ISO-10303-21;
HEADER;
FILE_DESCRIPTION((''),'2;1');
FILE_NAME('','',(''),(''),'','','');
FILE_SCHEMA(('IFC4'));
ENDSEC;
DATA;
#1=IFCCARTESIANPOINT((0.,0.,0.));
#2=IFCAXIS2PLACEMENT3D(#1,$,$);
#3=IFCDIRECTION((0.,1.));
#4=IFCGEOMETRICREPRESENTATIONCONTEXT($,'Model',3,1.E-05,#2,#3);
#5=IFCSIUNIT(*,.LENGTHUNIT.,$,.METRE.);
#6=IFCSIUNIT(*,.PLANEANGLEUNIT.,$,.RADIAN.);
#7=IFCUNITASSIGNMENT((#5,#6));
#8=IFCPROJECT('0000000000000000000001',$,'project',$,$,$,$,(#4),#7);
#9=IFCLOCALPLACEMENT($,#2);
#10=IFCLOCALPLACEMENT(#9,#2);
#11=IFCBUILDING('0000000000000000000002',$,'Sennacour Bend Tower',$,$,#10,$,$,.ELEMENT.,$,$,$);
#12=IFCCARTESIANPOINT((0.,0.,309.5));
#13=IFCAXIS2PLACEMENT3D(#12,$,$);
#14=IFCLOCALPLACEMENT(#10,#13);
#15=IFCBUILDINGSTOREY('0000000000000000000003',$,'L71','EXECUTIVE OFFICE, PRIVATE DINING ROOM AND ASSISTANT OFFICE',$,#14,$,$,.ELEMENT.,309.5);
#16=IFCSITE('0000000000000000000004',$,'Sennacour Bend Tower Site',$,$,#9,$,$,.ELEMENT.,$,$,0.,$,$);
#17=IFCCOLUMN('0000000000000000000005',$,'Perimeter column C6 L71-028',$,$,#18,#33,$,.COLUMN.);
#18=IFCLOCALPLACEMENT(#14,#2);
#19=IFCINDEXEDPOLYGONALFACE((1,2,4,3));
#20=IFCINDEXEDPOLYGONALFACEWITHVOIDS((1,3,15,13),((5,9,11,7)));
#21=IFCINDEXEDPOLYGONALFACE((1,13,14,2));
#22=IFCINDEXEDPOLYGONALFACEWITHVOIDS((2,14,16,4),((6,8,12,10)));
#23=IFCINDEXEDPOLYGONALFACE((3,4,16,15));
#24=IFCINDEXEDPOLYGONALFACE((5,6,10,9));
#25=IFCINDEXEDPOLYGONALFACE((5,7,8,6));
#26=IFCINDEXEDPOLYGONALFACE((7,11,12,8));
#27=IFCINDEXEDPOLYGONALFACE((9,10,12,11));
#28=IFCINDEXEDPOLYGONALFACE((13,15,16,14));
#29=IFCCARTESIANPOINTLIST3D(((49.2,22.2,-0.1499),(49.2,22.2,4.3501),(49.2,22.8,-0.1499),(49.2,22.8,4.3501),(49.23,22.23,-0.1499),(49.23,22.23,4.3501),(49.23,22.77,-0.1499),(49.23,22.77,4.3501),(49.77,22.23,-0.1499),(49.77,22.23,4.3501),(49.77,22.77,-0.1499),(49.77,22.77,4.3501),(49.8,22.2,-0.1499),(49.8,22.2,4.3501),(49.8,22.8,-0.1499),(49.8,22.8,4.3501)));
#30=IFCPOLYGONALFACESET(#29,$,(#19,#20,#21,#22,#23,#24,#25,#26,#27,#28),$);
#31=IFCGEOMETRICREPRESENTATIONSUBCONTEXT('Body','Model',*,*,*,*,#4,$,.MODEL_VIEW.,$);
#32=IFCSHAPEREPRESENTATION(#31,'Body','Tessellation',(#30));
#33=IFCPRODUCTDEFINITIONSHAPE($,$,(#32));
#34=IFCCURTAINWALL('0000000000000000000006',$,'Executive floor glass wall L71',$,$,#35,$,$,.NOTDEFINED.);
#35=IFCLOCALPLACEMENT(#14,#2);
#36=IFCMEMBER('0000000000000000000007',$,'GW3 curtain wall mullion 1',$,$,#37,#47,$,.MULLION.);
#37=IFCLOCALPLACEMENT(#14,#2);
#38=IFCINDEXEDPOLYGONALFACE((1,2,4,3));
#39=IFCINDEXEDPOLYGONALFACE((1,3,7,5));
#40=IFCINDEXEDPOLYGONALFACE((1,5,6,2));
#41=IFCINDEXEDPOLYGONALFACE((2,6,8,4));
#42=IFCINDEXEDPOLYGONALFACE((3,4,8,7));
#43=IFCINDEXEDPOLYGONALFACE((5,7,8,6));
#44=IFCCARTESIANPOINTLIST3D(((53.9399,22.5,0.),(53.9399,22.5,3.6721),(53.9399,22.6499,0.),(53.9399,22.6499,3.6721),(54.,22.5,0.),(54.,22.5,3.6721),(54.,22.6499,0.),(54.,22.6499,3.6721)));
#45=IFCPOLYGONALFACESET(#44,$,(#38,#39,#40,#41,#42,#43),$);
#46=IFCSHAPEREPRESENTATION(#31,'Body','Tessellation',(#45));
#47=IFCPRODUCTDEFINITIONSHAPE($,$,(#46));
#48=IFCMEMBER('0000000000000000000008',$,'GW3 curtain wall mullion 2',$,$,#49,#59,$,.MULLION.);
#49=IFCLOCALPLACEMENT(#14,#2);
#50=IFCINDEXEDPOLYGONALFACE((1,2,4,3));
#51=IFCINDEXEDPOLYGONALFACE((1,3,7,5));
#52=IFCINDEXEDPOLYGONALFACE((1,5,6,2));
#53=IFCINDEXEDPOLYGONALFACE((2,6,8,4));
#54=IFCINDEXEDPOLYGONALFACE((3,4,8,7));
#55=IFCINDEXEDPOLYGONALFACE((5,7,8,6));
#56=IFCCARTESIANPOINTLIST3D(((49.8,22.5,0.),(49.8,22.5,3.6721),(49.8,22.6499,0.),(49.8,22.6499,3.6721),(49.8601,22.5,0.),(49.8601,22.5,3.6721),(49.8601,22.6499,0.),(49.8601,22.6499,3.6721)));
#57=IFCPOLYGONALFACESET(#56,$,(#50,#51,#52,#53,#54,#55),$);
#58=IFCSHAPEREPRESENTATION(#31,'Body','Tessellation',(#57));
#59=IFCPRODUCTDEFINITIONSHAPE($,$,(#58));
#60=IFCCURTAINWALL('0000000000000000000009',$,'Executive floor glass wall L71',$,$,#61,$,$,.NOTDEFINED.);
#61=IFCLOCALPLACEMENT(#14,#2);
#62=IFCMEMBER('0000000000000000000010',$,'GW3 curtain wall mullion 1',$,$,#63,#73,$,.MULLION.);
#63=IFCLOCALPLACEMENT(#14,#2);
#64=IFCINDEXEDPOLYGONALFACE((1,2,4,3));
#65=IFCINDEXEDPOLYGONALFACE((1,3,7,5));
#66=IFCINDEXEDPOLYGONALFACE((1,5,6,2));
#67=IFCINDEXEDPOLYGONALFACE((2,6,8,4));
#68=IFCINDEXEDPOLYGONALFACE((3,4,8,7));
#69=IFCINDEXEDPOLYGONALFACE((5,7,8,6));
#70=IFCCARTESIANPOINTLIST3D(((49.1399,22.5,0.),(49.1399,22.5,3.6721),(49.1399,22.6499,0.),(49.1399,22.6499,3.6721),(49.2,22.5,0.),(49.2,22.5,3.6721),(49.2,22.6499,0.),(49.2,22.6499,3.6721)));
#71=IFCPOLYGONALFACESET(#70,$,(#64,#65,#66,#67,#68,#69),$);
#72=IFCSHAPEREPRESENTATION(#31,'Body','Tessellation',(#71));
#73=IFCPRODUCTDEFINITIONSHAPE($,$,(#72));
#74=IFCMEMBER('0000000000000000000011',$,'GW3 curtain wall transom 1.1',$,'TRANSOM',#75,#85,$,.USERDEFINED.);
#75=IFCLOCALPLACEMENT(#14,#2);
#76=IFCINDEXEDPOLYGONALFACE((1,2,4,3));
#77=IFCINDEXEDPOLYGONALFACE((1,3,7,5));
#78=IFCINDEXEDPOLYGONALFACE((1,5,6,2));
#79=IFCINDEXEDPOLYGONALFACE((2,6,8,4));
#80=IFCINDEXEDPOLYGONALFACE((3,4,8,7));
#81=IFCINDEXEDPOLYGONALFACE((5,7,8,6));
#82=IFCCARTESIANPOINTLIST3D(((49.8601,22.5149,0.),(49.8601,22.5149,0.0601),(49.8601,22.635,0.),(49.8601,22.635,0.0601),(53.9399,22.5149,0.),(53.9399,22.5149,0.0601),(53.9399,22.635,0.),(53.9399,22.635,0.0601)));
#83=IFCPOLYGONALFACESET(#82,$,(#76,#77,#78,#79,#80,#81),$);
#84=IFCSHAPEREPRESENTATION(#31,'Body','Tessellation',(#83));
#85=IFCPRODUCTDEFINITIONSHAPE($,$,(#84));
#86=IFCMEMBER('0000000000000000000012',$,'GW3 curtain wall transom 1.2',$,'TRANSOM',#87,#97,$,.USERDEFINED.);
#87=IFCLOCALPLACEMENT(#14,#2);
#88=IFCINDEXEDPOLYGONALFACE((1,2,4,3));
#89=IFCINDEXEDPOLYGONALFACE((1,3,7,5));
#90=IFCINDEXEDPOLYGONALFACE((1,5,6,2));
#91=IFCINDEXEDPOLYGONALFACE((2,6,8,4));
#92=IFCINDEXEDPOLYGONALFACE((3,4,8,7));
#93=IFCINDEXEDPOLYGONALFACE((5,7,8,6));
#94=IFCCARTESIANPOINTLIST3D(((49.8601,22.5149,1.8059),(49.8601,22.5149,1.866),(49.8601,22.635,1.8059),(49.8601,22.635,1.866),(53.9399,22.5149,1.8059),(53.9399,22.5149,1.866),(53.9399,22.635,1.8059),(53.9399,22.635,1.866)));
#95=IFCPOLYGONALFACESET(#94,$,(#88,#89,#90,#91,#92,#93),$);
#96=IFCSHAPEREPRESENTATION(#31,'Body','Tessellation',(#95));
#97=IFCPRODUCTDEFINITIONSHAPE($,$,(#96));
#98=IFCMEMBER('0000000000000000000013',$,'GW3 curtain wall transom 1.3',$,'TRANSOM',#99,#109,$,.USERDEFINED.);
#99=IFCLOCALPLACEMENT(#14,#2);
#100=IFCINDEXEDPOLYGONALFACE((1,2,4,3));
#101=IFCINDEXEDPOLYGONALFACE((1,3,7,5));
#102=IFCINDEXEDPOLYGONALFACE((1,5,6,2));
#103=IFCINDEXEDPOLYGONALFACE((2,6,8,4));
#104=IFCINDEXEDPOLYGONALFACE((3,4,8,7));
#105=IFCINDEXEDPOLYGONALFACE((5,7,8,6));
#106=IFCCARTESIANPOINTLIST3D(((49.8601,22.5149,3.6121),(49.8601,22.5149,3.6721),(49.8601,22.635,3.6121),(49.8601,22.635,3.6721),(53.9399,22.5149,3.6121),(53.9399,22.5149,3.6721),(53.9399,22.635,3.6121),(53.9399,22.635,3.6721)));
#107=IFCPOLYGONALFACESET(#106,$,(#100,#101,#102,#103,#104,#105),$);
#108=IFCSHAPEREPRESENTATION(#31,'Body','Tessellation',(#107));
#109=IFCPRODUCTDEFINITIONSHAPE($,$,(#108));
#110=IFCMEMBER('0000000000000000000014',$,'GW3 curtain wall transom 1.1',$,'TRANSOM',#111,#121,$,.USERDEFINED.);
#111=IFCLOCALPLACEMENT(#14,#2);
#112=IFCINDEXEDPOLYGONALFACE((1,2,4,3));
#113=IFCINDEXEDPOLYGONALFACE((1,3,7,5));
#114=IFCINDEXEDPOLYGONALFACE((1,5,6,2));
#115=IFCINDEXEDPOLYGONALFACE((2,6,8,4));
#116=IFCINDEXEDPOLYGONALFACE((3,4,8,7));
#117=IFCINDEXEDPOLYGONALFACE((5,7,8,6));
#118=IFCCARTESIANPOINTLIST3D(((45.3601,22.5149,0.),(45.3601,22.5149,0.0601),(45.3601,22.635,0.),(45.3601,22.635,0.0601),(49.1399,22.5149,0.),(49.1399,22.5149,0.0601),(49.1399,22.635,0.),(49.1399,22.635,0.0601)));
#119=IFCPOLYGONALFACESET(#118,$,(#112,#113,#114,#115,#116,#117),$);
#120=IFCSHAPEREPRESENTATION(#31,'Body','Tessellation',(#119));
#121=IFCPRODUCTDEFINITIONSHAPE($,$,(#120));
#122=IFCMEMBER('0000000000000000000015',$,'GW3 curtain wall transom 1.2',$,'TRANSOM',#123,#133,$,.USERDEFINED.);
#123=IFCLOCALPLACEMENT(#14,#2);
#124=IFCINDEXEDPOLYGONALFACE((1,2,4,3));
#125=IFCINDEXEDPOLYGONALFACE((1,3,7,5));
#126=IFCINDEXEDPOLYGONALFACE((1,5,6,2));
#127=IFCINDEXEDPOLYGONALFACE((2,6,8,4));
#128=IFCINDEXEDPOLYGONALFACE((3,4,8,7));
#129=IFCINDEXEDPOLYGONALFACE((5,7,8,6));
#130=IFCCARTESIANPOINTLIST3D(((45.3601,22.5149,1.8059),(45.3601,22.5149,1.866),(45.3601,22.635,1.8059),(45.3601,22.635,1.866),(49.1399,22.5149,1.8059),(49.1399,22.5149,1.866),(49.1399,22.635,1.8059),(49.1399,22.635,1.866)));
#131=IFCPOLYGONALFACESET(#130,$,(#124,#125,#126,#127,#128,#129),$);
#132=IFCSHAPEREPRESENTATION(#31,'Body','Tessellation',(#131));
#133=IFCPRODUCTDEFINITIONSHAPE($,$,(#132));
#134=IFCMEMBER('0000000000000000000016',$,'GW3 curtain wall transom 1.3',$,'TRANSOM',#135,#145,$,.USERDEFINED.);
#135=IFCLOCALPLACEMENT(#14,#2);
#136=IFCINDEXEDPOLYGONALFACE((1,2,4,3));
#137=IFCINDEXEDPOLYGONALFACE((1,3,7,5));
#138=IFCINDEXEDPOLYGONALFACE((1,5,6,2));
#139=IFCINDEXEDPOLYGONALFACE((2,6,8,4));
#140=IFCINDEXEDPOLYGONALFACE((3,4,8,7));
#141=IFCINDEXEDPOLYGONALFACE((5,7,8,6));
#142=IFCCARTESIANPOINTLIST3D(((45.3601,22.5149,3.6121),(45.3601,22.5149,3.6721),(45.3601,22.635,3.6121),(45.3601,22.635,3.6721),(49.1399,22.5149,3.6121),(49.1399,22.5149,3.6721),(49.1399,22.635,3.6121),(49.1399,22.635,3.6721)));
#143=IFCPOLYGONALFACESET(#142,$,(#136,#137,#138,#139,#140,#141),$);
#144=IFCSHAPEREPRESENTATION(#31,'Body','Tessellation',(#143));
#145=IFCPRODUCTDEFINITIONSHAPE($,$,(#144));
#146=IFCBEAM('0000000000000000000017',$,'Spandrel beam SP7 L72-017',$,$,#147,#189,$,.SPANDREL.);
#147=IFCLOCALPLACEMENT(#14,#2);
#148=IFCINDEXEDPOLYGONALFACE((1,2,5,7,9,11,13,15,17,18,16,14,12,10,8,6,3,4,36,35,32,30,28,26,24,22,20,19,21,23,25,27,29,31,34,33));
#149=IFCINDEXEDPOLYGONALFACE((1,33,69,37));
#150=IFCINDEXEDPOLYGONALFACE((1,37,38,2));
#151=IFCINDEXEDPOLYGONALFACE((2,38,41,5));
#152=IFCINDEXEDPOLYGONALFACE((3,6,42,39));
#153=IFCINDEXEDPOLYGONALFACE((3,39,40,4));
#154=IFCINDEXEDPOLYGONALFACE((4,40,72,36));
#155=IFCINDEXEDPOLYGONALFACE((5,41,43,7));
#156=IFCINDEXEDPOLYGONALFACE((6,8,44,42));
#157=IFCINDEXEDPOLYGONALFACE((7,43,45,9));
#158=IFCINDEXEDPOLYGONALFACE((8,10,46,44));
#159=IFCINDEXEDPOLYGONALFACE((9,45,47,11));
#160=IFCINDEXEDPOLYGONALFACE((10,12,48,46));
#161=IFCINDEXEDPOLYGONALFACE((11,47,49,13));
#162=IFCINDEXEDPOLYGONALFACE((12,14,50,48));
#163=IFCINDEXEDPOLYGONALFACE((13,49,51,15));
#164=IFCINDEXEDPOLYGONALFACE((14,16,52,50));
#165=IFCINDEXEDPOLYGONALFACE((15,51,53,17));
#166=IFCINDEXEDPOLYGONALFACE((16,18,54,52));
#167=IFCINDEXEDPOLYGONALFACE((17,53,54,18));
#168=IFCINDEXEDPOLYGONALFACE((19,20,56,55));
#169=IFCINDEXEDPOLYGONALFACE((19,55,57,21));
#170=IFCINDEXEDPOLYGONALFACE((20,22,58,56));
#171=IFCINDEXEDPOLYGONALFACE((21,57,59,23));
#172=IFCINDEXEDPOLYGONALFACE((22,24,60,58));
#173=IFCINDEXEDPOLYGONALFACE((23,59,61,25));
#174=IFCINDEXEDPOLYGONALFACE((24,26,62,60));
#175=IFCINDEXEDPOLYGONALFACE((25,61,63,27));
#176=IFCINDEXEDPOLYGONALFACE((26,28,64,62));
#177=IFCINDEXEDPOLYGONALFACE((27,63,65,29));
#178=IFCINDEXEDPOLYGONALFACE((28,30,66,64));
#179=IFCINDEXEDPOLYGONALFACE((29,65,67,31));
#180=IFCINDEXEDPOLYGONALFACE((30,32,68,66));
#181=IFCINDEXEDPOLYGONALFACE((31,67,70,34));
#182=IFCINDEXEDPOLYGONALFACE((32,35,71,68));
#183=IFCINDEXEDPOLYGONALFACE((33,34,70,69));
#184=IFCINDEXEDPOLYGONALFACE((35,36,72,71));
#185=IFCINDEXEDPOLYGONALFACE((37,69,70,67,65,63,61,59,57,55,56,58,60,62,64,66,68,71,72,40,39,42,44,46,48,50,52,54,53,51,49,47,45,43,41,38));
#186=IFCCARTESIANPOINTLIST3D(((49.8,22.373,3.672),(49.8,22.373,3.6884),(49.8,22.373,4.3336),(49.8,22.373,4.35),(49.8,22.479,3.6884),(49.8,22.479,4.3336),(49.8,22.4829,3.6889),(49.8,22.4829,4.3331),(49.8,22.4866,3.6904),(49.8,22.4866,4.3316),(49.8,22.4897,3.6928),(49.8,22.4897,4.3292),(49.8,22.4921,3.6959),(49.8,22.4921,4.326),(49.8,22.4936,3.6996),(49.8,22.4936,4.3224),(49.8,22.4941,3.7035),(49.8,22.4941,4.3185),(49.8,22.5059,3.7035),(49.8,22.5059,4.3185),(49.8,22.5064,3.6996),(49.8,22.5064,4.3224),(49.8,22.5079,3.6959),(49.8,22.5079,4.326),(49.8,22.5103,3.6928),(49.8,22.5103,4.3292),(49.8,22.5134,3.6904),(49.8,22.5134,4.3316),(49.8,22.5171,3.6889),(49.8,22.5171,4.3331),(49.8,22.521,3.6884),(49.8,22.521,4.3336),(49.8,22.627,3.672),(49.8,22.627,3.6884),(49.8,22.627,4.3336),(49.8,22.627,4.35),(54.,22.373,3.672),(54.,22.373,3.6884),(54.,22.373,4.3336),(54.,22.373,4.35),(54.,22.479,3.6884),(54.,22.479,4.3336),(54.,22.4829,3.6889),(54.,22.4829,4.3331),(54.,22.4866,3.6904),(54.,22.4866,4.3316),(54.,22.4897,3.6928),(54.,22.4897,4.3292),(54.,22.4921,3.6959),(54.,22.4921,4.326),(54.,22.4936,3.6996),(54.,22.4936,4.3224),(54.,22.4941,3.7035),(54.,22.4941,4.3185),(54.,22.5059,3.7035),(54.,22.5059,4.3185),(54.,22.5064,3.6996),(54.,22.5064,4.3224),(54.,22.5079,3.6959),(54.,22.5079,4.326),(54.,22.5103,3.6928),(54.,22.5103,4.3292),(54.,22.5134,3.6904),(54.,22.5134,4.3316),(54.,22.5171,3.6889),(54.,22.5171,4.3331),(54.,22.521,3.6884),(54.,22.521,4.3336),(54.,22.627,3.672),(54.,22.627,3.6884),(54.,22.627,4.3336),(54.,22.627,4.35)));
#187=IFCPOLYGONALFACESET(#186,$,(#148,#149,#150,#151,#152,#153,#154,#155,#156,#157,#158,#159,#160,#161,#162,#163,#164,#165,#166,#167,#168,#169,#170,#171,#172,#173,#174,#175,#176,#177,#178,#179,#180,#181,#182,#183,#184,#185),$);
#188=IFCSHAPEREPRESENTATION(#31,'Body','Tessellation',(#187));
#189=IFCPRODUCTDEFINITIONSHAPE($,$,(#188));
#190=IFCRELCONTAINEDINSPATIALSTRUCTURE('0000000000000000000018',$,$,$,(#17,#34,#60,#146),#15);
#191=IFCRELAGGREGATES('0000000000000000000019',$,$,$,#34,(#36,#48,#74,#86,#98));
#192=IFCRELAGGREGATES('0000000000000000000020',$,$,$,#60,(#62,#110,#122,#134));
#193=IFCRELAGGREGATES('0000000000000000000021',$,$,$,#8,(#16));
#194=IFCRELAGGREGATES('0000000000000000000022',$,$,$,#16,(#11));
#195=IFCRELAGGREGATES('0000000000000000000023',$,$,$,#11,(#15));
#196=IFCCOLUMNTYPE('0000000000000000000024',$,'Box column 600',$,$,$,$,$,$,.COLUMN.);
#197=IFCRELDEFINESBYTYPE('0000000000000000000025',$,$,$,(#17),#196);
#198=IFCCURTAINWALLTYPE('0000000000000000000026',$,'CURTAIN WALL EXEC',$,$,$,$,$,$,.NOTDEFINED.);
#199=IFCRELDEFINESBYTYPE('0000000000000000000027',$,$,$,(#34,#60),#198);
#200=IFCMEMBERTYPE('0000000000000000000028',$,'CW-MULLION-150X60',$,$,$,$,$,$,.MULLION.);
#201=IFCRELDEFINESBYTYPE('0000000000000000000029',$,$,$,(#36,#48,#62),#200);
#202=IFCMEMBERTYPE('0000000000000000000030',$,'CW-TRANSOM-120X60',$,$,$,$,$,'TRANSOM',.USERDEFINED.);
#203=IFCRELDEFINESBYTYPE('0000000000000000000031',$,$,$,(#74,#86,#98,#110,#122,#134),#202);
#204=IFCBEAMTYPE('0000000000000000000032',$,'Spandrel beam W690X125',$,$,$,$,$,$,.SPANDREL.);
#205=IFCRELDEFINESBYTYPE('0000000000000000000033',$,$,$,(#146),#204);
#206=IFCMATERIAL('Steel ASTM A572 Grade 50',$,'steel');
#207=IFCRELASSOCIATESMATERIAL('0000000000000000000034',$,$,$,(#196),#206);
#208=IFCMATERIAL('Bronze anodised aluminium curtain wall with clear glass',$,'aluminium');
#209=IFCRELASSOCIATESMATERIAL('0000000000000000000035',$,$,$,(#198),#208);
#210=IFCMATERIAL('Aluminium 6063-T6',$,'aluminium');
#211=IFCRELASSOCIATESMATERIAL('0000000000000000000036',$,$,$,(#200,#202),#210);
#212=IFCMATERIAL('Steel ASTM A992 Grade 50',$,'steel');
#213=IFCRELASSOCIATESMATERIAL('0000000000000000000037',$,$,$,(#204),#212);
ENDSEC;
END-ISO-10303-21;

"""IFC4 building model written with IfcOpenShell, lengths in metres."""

from ifc_helpers import new_model, si_unit, direction, frame, origin, origin_2d, place, context, subcontext, project, spatial, rectangle, hollow_rectangle, i_section, extrude, material, material_profile, profile_set, type_object, element, aggregate, save


model = new_model("IFC4")

# Units and contexts
model_context = context("Model", 3, precision=1e-05, world=origin(), true_north=direction((0.0, 1.0)))
body_context = subcontext(model_context, "Body", "Model", "MODEL_VIEW")
ifc_project = project(units=[si_unit("LENGTHUNIT", "METRE"), si_unit("PLANEANGLEUNIT", "RADIAN")], contexts=[model_context])

# Site, building, storey
site_placement = place(None, origin())
site = spatial("IfcSite", under=ifc_project, at=site_placement, Name="Sennacour Bend Tower Site", CompositionType="ELEMENT", RefElevation=0.0)
building_placement = place(site_placement, origin())
building = spatial("IfcBuilding", under=site, at=building_placement, Name="Sennacour Bend Tower", CompositionType="ELEMENT")
storey_placement = place(building_placement, frame((0.0, 0.0, 309.5)))
storey = spatial("IfcBuildingStorey", under=building, at=storey_placement, Name="L71", Description="EXECUTIVE OFFICE, PRIVATE DINING ROOM AND ASSISTANT OFFICE", CompositionType="ELEMENT", Elevation=309.5)

# Column
ifc_material_1 = material(Name="Steel ASTM A572 Grade 50", Category="steel")
ifc_material_profile_1 = material_profile(ifc_material_1, hollow_rectangle(XDim=0.6001, YDim=0.6001, WallThickness=0.03, at=origin_2d()), Name="Steel ASTM A572 Grade 50", Category="steel")
ifc_profile_set_1 = profile_set([ifc_material_profile_1], Name="Steel ASTM A572 Grade 50")
column_type = type_object("IfcColumnType", Name="Box column 600", PredefinedType="COLUMN", material=ifc_profile_set_1)
column_placement = place(storey_placement, frame((49.5, 22.5, -0.1499), z_axis=(0.0, 0.0, 1.0), x_axis=(1.0, 0.0, 0.0)))
element("IfcColumn", 1, at=column_placement, inside=storey, type_object=column_type, Name="Perimeter column C6 L71-028", PredefinedType="COLUMN", context=body_context, shape_type="SweptSolid", body=[
    extrude(hollow_rectangle(XDim=0.6001, YDim=0.6001, WallThickness=0.03, at=origin_2d()), origin(), (0.0, 0.0, 1.0), 4.5),
])

# Curtain wall, members
ifc_material_2 = material(Name="Bronze anodised aluminium curtain wall with clear glass", Category="aluminium")
curtain_wall_type = type_object("IfcCurtainWallType", Name="CURTAIN WALL EXEC", PredefinedType="NOTDEFINED", material=ifc_material_2)
curtain_wall_1_placement = place(storey_placement, origin())
curtain_wall_1 = element("IfcCurtainWall", 2, at=curtain_wall_1_placement, inside=storey, type_object=curtain_wall_type, Name="Executive floor glass wall L71", PredefinedType="NOTDEFINED")
ifc_material_3 = material(Name="Aluminium 6063-T6", Category="aluminium")
ifc_material_profile_2 = material_profile(ifc_material_3, rectangle(XDim=0.1499, YDim=0.0601, at=origin_2d()), Name="Aluminium 6063-T6", Category="aluminium")
ifc_profile_set_2 = profile_set([ifc_material_profile_2], Name="Aluminium 6063-T6")
member_type_1 = type_object("IfcMemberType", Name="CW-MULLION-150X60", PredefinedType="MULLION", material=ifc_profile_set_2)
member_1_placement = place(storey_placement, frame((53.97, 22.575, 0.0), z_axis=(0.0, 0.0, 1.0), x_axis=(0.0, -1.0, 0.0)))
member_1 = element("IfcMember", 3, at=member_1_placement, type_object=member_type_1, Name="GW3 curtain wall mullion 1", PredefinedType="MULLION", context=body_context, shape_type="SweptSolid", body=[
    extrude(rectangle(XDim=0.1499, YDim=0.0601, at=origin_2d()), origin(), (0.0, 0.0, 1.0), 3.6721),
])
member_2_placement = place(storey_placement, frame((49.8301, 22.575, 0.0), z_axis=(0.0, 0.0, 1.0), x_axis=(0.0, -1.0, 0.0)))
member_2 = element("IfcMember", 4, at=member_2_placement, type_object=member_type_1, Name="GW3 curtain wall mullion 2", PredefinedType="MULLION", context=body_context, shape_type="SweptSolid", body=[
    extrude(rectangle(XDim=0.1499, YDim=0.0601, at=origin_2d()), origin(), (0.0, 0.0, 1.0), 3.6721),
])

# Curtain wall, member
curtain_wall_2_placement = place(storey_placement, origin())
curtain_wall_2 = element("IfcCurtainWall", 5, at=curtain_wall_2_placement, inside=storey, type_object=curtain_wall_type, Name="Executive floor glass wall L71", PredefinedType="NOTDEFINED")
member_3_placement = place(storey_placement, frame((49.1699, 22.575, 0.0), z_axis=(0.0, 0.0, 1.0), x_axis=(0.0, -1.0, 0.0)))
member_3 = element("IfcMember", 6, at=member_3_placement, type_object=member_type_1, Name="GW3 curtain wall mullion 1", PredefinedType="MULLION", context=body_context, shape_type="SweptSolid", body=[
    extrude(rectangle(XDim=0.1499, YDim=0.0601, at=origin_2d()), origin(), (0.0, 0.0, 1.0), 3.6721),
])

# Members
ifc_material_profile_3 = material_profile(ifc_material_3, rectangle(XDim=0.1201, YDim=0.0601, at=origin_2d()), Name="Aluminium 6063-T6", Category="aluminium")
ifc_profile_set_3 = profile_set([ifc_material_profile_3], Name="Aluminium 6063-T6")
member_type_2 = type_object("IfcMemberType", Name="CW-TRANSOM-120X60", ElementType="TRANSOM", PredefinedType="USERDEFINED", material=ifc_profile_set_3)
member_4_placement = place(storey_placement, frame((53.9399, 22.575, 0.03), z_axis=(-1.0, 0.0, 0.0), x_axis=(0.0, -1.0, 0.0)))
member_4 = element("IfcMember", 7, at=member_4_placement, type_object=member_type_2, Name="GW3 curtain wall transom 1.1", ObjectType="TRANSOM", PredefinedType="USERDEFINED", context=body_context, shape_type="SweptSolid", body=[
    extrude(rectangle(XDim=0.1201, YDim=0.0601, at=origin_2d()), origin(), (0.0, 0.0, 1.0), 4.0798),
])
member_5_placement = place(storey_placement, frame((53.9399, 22.575, 1.8359), z_axis=(-1.0, 0.0, 0.0), x_axis=(0.0, -1.0, 0.0)))
member_5 = element("IfcMember", 8, at=member_5_placement, type_object=member_type_2, Name="GW3 curtain wall transom 1.2", ObjectType="TRANSOM", PredefinedType="USERDEFINED", context=body_context, shape_type="SweptSolid", body=[
    extrude(rectangle(XDim=0.1201, YDim=0.0601, at=origin_2d()), origin(), (0.0, 0.0, 1.0), 4.0798),
])
member_6_placement = place(storey_placement, frame((53.9399, 22.575, 3.6421), z_axis=(-1.0, 0.0, 0.0), x_axis=(0.0, -1.0, 0.0)))
member_6 = element("IfcMember", 9, at=member_6_placement, type_object=member_type_2, Name="GW3 curtain wall transom 1.3", ObjectType="TRANSOM", PredefinedType="USERDEFINED", context=body_context, shape_type="SweptSolid", body=[
    extrude(rectangle(XDim=0.1201, YDim=0.0601, at=origin_2d()), origin(), (0.0, 0.0, 1.0), 4.0798),
])
member_7_placement = place(storey_placement, frame((49.1399, 22.575, 0.03), z_axis=(-1.0, 0.0, 0.0), x_axis=(0.0, -1.0, 0.0)))
member_7 = element("IfcMember", 10, at=member_7_placement, type_object=member_type_2, Name="GW3 curtain wall transom 1.1", ObjectType="TRANSOM", PredefinedType="USERDEFINED", context=body_context, shape_type="SweptSolid", body=[
    extrude(rectangle(XDim=0.1201, YDim=0.0601, at=origin_2d()), origin(), (0.0, 0.0, 1.0), 3.7798),
])
member_8_placement = place(storey_placement, frame((49.1399, 22.575, 1.8359), z_axis=(-1.0, 0.0, 0.0), x_axis=(0.0, -1.0, 0.0)))
member_8 = element("IfcMember", 11, at=member_8_placement, type_object=member_type_2, Name="GW3 curtain wall transom 1.2", ObjectType="TRANSOM", PredefinedType="USERDEFINED", context=body_context, shape_type="SweptSolid", body=[
    extrude(rectangle(XDim=0.1201, YDim=0.0601, at=origin_2d()), origin(), (0.0, 0.0, 1.0), 3.7798),
])
member_9_placement = place(storey_placement, frame((49.1399, 22.575, 3.6421), z_axis=(-1.0, 0.0, 0.0), x_axis=(0.0, -1.0, 0.0)))
member_9 = element("IfcMember", 12, at=member_9_placement, type_object=member_type_2, Name="GW3 curtain wall transom 1.3", ObjectType="TRANSOM", PredefinedType="USERDEFINED", context=body_context, shape_type="SweptSolid", body=[
    extrude(rectangle(XDim=0.1201, YDim=0.0601, at=origin_2d()), origin(), (0.0, 0.0, 1.0), 3.7798),
])

# Beam
ifc_material_4 = material(Name="Steel ASTM A992 Grade 50", Category="steel")
ifc_material_profile_4 = material_profile(ifc_material_4, i_section(OverallWidth=0.2539, OverallDepth=0.678, WebThickness=0.0117, FlangeThickness=0.0164, FilletRadius=0.0151, at=origin_2d()), Name="Steel ASTM A992 Grade 50", Category="steel")
ifc_profile_set_4 = profile_set([ifc_material_profile_4], Name="Steel ASTM A992 Grade 50")
beam_type = type_object("IfcBeamType", Name="Spandrel beam W690X125", PredefinedType="SPANDREL", material=ifc_profile_set_4)
beam_placement = place(storey_placement, frame((49.8, 22.5, 4.011), z_axis=(1.0, 0.0, 0.0), x_axis=(0.0, 1.0, 0.0)))
element("IfcBeam", 13, at=beam_placement, inside=storey, type_object=beam_type, Name="Spandrel beam SP7 L72-017", PredefinedType="SPANDREL", context=body_context, shape_type="SweptSolid", body=[
    extrude(i_section(OverallWidth=0.2539, OverallDepth=0.678, WebThickness=0.0117, FlangeThickness=0.0164, FilletRadius=0.0151, at=origin_2d()), origin(), (0.0, 0.0, 1.0), 4.2),
])

aggregate(curtain_wall_1, [member_1, member_2, member_4, member_5, member_6])
aggregate(curtain_wall_2, [member_3, member_7, member_8, member_9])

save(model, "model.ifc")
